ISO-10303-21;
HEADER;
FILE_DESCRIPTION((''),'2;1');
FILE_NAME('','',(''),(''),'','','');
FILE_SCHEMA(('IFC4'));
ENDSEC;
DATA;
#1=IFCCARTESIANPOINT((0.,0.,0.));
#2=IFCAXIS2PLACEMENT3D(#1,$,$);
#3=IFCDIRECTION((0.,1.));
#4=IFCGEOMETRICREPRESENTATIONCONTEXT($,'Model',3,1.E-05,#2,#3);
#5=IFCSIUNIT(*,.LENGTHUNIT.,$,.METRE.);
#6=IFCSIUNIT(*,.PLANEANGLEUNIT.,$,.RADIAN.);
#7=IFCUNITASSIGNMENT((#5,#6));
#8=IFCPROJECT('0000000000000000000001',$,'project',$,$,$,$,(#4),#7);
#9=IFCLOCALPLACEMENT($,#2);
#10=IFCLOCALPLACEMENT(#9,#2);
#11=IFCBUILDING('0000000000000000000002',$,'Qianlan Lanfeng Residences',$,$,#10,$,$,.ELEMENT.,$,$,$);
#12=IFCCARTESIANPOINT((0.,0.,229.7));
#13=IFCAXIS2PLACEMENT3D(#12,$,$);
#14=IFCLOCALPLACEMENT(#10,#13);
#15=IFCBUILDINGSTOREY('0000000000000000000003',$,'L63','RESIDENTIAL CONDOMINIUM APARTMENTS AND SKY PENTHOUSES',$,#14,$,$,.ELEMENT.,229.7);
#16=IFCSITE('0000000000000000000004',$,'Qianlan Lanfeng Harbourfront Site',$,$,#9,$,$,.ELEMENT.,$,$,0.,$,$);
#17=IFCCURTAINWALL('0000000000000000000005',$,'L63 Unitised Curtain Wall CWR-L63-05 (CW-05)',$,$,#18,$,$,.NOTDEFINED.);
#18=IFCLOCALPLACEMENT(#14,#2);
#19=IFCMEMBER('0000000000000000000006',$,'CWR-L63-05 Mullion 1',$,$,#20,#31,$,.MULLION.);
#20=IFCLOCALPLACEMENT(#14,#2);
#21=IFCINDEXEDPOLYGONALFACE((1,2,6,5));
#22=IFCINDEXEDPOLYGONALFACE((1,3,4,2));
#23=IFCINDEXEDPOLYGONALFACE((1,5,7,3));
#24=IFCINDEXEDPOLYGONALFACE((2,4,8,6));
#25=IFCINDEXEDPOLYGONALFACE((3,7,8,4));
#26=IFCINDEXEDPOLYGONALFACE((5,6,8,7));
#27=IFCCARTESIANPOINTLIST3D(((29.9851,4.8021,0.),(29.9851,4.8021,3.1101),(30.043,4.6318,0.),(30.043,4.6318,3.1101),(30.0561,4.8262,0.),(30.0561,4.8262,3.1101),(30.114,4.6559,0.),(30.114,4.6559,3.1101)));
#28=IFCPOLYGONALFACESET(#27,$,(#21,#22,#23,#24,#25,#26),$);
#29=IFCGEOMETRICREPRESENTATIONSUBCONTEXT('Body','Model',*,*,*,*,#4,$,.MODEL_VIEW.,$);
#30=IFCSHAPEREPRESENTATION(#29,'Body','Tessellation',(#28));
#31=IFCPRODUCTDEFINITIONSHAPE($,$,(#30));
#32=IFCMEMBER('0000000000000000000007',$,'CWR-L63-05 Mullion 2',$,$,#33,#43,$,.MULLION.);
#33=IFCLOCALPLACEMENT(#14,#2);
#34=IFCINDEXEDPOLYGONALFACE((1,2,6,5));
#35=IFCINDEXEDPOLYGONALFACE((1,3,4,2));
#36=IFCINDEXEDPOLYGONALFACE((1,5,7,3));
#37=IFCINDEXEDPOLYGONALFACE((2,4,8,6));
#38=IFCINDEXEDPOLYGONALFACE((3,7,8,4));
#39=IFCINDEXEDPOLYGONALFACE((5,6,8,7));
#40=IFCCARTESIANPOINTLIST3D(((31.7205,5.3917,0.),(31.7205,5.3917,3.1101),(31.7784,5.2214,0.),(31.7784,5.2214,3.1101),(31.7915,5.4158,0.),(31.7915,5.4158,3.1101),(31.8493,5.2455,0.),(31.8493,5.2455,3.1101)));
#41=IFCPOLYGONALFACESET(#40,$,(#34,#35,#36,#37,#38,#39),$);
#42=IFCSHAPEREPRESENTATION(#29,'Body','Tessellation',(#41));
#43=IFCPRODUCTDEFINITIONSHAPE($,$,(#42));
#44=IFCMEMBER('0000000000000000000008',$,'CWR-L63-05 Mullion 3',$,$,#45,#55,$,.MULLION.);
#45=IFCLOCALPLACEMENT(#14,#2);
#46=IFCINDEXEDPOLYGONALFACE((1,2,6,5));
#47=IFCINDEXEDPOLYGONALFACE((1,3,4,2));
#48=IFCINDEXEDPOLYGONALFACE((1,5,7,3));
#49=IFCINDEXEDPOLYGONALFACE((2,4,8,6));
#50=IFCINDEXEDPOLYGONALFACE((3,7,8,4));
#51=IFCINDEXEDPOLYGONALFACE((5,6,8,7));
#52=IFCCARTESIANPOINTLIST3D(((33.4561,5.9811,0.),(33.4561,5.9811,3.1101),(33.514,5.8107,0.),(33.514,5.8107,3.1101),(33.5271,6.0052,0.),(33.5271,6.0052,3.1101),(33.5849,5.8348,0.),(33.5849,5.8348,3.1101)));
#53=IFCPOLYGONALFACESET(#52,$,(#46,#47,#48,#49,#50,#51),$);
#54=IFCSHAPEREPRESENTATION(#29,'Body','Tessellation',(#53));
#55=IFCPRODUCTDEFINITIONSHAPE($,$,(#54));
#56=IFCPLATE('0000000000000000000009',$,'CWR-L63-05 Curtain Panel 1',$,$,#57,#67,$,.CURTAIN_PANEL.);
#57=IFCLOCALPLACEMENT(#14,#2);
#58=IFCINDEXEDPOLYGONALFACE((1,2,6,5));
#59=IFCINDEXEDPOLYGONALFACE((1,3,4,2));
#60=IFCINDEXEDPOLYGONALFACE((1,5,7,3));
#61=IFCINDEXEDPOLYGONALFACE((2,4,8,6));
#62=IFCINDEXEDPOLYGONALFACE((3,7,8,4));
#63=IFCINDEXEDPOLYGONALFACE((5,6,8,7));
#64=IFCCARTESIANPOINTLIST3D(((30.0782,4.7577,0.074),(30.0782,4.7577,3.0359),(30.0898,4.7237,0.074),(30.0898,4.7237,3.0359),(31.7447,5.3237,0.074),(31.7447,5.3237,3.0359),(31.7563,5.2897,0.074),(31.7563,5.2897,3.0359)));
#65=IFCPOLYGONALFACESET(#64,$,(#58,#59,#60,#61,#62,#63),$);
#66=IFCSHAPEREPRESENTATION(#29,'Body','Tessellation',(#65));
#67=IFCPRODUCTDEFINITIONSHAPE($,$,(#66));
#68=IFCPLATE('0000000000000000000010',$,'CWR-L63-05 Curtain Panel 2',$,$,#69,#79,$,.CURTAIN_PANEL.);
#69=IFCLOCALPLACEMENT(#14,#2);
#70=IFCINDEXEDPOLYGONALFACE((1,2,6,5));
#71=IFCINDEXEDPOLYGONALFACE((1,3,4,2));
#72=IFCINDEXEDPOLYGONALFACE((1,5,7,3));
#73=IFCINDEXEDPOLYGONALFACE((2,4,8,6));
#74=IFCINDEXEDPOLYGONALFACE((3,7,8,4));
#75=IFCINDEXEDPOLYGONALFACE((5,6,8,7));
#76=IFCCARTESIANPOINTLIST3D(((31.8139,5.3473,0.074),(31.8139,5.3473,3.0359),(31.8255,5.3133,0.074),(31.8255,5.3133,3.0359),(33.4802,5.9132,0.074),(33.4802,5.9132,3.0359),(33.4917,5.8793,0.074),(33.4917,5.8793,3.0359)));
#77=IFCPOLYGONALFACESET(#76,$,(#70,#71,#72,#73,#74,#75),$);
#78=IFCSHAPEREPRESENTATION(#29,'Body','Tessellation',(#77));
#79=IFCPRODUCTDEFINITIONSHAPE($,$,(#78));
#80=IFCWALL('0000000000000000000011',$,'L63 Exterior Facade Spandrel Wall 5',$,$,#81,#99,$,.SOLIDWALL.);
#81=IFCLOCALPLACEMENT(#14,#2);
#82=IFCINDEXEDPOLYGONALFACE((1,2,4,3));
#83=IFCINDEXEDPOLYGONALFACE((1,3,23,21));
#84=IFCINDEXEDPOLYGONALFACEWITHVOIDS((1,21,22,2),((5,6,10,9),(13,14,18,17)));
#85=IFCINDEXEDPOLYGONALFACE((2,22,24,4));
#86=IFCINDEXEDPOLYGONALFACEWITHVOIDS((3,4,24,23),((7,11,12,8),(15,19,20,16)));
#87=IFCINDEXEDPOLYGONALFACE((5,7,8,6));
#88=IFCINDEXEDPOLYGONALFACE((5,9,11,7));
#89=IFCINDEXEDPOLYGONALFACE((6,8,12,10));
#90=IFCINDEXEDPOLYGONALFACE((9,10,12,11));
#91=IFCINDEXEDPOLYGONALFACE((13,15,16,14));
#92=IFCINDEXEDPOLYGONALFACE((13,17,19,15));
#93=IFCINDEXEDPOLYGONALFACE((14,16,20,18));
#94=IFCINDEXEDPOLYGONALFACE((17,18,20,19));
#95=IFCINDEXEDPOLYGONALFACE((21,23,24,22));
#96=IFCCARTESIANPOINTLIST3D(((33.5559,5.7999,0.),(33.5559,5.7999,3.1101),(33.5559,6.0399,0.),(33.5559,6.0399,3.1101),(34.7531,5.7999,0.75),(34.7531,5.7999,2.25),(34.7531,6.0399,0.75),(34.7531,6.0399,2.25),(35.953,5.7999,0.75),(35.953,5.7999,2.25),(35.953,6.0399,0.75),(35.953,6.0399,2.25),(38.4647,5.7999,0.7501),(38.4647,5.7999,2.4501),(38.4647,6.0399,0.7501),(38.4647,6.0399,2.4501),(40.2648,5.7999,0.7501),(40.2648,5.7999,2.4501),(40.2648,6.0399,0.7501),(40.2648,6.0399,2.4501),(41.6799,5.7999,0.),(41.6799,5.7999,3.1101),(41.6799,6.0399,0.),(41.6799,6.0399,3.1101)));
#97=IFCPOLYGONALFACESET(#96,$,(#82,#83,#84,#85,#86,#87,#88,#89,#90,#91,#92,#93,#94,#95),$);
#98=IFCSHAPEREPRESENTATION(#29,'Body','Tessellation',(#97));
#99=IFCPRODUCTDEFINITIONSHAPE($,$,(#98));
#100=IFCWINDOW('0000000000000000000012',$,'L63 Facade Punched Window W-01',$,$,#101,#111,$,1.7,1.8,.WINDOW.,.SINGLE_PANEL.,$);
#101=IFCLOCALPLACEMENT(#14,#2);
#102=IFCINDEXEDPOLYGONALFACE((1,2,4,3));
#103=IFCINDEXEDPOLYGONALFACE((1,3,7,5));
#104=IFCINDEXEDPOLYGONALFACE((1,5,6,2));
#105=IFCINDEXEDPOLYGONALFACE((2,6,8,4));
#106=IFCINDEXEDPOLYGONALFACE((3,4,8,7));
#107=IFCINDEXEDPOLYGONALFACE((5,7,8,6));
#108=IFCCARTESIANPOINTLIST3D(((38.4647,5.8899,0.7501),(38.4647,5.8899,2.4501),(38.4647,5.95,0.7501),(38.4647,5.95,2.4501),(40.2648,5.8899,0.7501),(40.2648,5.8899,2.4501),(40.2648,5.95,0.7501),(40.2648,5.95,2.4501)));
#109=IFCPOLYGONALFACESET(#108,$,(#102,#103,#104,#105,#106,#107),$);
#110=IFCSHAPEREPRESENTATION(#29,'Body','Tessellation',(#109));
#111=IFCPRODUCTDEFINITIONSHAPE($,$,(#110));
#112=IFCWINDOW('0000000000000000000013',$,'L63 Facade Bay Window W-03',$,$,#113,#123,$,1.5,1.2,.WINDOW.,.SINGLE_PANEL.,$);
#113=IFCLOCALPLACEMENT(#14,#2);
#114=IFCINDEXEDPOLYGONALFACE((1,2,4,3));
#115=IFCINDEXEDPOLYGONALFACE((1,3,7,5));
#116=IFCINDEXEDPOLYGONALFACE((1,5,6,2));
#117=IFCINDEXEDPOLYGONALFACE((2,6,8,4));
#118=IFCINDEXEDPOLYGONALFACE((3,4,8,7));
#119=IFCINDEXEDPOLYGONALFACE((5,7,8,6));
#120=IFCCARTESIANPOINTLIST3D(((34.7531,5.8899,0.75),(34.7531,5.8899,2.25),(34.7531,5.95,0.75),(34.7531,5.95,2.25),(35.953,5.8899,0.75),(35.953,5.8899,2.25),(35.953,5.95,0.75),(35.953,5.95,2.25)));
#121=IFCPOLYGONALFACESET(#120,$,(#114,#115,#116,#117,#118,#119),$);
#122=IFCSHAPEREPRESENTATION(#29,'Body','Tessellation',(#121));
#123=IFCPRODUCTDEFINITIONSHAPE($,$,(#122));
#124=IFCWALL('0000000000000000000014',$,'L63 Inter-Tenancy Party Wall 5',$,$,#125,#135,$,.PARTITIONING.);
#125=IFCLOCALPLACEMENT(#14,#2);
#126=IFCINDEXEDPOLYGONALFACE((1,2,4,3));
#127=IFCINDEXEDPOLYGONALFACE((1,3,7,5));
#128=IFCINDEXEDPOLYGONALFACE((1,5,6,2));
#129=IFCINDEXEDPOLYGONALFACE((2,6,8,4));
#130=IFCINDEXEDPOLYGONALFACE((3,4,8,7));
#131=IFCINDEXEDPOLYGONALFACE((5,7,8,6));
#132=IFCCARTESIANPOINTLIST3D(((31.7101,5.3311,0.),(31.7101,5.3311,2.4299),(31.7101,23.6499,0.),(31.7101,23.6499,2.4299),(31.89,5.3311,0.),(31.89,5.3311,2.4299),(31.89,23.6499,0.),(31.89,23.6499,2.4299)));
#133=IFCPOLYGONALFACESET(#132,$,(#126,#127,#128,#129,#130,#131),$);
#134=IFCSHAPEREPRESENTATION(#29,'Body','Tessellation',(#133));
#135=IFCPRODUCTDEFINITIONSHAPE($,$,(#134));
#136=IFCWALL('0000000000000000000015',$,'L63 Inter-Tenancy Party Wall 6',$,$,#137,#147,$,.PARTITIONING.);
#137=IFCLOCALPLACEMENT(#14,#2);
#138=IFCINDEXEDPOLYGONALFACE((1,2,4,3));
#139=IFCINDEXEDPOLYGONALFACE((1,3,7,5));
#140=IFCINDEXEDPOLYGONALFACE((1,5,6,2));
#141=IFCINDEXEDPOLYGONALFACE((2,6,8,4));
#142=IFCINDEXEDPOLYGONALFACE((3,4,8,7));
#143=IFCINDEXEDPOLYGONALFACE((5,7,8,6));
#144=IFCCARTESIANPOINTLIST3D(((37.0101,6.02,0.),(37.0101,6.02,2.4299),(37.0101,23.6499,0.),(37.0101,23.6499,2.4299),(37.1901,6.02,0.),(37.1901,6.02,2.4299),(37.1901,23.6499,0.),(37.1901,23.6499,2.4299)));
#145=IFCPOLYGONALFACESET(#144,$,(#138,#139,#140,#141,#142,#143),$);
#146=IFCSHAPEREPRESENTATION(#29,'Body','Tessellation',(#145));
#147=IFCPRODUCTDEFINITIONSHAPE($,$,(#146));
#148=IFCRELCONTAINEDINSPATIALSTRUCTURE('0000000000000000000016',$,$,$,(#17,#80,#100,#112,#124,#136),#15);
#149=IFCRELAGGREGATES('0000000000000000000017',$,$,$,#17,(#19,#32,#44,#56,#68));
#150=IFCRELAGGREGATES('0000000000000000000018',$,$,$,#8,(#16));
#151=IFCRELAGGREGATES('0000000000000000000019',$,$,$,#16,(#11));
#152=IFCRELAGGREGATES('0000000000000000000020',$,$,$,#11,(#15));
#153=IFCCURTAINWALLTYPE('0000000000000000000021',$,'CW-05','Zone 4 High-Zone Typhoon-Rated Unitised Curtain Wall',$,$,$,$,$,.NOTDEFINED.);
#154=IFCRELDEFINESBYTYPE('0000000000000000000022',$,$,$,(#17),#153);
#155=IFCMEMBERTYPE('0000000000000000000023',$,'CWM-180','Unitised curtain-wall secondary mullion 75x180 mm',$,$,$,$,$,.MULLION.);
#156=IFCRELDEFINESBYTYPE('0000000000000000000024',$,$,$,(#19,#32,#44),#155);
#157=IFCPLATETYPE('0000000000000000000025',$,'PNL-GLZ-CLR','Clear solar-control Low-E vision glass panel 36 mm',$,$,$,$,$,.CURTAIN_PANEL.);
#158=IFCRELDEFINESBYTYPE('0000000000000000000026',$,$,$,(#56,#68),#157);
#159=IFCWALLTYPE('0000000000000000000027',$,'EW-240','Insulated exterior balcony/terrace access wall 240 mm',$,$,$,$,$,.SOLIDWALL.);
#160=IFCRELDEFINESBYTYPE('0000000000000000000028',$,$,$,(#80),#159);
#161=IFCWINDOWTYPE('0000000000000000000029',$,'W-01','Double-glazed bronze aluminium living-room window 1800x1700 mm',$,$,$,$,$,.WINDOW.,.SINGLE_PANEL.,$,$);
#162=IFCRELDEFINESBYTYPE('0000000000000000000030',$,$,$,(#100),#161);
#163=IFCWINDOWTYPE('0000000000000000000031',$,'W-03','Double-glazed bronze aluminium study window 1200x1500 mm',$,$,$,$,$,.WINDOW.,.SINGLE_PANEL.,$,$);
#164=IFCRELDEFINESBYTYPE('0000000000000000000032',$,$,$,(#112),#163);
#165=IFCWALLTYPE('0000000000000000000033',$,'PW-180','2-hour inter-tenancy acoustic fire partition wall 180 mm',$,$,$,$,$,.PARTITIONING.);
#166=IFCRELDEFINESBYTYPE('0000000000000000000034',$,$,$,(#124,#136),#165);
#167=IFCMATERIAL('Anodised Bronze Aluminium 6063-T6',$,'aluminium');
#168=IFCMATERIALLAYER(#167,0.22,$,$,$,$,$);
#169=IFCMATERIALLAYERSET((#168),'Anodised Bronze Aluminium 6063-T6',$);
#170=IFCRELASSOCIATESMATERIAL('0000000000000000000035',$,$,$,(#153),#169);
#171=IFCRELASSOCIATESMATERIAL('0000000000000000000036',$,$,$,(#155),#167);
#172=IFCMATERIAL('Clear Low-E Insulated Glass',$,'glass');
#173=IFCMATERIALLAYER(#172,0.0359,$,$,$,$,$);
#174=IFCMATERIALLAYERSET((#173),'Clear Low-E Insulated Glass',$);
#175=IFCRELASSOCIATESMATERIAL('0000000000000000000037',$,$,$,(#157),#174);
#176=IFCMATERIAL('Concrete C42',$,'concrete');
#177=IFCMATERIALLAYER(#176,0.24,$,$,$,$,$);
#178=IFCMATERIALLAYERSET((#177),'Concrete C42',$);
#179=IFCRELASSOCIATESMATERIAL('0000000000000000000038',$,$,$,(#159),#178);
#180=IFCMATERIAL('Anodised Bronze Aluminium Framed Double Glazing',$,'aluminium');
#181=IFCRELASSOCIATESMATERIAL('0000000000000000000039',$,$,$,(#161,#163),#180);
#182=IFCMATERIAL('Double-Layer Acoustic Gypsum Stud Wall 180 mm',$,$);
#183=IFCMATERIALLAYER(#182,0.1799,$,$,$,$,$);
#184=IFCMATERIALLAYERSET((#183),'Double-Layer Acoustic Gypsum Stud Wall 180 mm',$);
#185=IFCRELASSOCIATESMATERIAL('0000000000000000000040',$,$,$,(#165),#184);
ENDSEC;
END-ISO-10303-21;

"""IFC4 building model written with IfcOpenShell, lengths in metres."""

from ifc_helpers import new_model, si_unit, direction, frame, frame_2d, origin, origin_2d, place, context, subcontext, project, spatial, rectangle, extrude, source, transform, mapped, material, layer, layer_set, material_profile, profile_set, type_object, element, fill, aggregate, save


model = new_model("IFC4")

# Units and contexts
model_context = context("Model", 3, precision=1e-05, world=origin(), true_north=direction((0.0, 1.0)))
body_context = subcontext(model_context, "Body", "Model", "MODEL_VIEW")
ifc_project = project(units=[si_unit("LENGTHUNIT", "METRE"), si_unit("PLANEANGLEUNIT", "RADIAN")], contexts=[model_context])

# Site, building, storey
site_placement = place(None, origin())
site = spatial("IfcSite", under=ifc_project, at=site_placement, Name="Qianlan Lanfeng Harbourfront Site", CompositionType="ELEMENT", RefElevation=0.0)
building_placement = place(site_placement, origin())
building = spatial("IfcBuilding", under=site, at=building_placement, Name="Qianlan Lanfeng Residences", CompositionType="ELEMENT")
storey_placement = place(building_placement, frame((0.0, 0.0, 229.7)))
storey = spatial("IfcBuildingStorey", under=building, at=storey_placement, Name="L63", Description="RESIDENTIAL CONDOMINIUM APARTMENTS AND SKY PENTHOUSES", CompositionType="ELEMENT", Elevation=229.7)

# Curtain wall, members, plates
ifc_material_1 = material(Name="Anodised Bronze Aluminium 6063-T6", Category="aluminium")
ifc_layer_1 = layer(ifc_material_1, 0.22)
ifc_layer_set_1 = layer_set([ifc_layer_1], Name="Anodised Bronze Aluminium 6063-T6")
curtain_wall_type = type_object("IfcCurtainWallType", Name="CW-05", Description="Zone 4 High-Zone Typhoon-Rated Unitised Curtain Wall", PredefinedType="NOTDEFINED", material=ifc_layer_set_1)
curtain_wall_placement = place(storey_placement, origin())
curtain_wall = element("IfcCurtainWall", 1, at=curtain_wall_placement, inside=storey, type_object=curtain_wall_type, Name="L63 Unitised Curtain Wall CWR-L63-05 (CW-05)", PredefinedType="NOTDEFINED")
ifc_material_profile_1 = material_profile(ifc_material_1, rectangle(XDim=0.075, YDim=0.1799, at=origin_2d()), Name="ALU MULLION 75x180")
ifc_profile_set_1 = profile_set([ifc_material_profile_1], Name="Anodised Bronze Aluminium 6063-T6")
member_type_1 = type_object("IfcMemberType", Name="CWM-180", Description="Unitised curtain-wall secondary mullion 75x180 mm", PredefinedType="MULLION", material=ifc_profile_set_1)
shared_shape_1 = source(origin(), body_context, "Body", "SweptSolid", [
    extrude(rectangle(XDim=0.075, YDim=0.1799, at=origin_2d()), origin(), (0.0, 0.0, 1.0), 3.1101),
])
member_1_placement = place(storey_placement, frame((30.0496, 4.729, 0.0), z_axis=(0.0, 0.0, 1.0), x_axis=(0.946877, 0.321596, 0.0)))
member_1 = element("IfcMember", 2, at=member_1_placement, type_object=member_type_1, Name="CWR-L63-05 Mullion 1", PredefinedType="MULLION", context=body_context, shape_type="MappedRepresentation", body=[
    mapped(shared_shape_1, transform((0.0, 0.0, 0.0), scale=1.0)),
])
member_2_placement = place(storey_placement, frame((31.7849, 5.3186, 0.0), z_axis=(0.0, 0.0, 1.0), x_axis=(0.946877, 0.321596, 0.0)))
member_2 = element("IfcMember", 3, at=member_2_placement, type_object=member_type_1, Name="CWR-L63-05 Mullion 2", PredefinedType="MULLION", context=body_context, shape_type="MappedRepresentation", body=[
    mapped(shared_shape_1, transform((0.0, 0.0, 0.0), scale=1.0)),
])
member_3_placement = place(storey_placement, frame((33.5205, 5.908, 0.0), z_axis=(0.0, 0.0, 1.0), x_axis=(0.946877, 0.321596, 0.0)))
member_3 = element("IfcMember", 4, at=member_3_placement, type_object=member_type_1, Name="CWR-L63-05 Mullion 3", PredefinedType="MULLION", context=body_context, shape_type="MappedRepresentation", body=[
    mapped(shared_shape_1, transform((0.0, 0.0, 0.0), scale=1.0)),
])
ifc_material_2 = material(Name="Clear Low-E Insulated Glass", Category="glass")
ifc_layer_2 = layer(ifc_material_2, 0.0359)
ifc_layer_set_2 = layer_set([ifc_layer_2], Name="Clear Low-E Insulated Glass")
plate_type = type_object("IfcPlateType", Name="PNL-GLZ-CLR", Description="Clear solar-control Low-E vision glass panel 36 mm", PredefinedType="CURTAIN_PANEL", material=ifc_layer_set_2)
shared_shape_2 = source(origin(), body_context, "Body", "SweptSolid", [
    extrude(rectangle(XDim=1.76, YDim=0.0359, at=origin_2d()), origin(), (0.0, 0.0, 1.0), 2.9619),
])
plate_1_placement = place(storey_placement, frame((30.9172, 5.0237, 0.074), z_axis=(0.0, 0.0, 1.0), x_axis=(0.946877, 0.321596, 0.0)))
plate_1 = element("IfcPlate", 5, at=plate_1_placement, type_object=plate_type, Name="CWR-L63-05 Curtain Panel 1", PredefinedType="CURTAIN_PANEL", context=body_context, shape_type="MappedRepresentation", body=[
    mapped(shared_shape_2, transform((0.0, 0.0, 0.0), scale=1.0)),
])
shared_shape_3 = source(origin(), body_context, "Body", "SweptSolid", [
    extrude(rectangle(XDim=1.7598, YDim=0.0359, at=origin_2d()), origin(), (0.0, 0.0, 1.0), 2.9619),
])
plate_2_placement = place(storey_placement, frame((32.6528, 5.6133, 0.074), z_axis=(0.0, 0.0, 1.0), x_axis=(0.946877, 0.321596, 0.0)))
plate_2 = element("IfcPlate", 6, at=plate_2_placement, type_object=plate_type, Name="CWR-L63-05 Curtain Panel 2", PredefinedType="CURTAIN_PANEL", context=body_context, shape_type="MappedRepresentation", body=[
    mapped(shared_shape_3, transform((0.0, 0.0, 0.0), scale=1.0)),
])
aggregate(curtain_wall, [member_1, member_2, member_3, plate_1, plate_2])

# Wall, openings, windows
ifc_material_3 = material(Name="Concrete C42", Category="concrete")
ifc_layer_3 = layer(ifc_material_3, 0.24)
ifc_layer_set_3 = layer_set([ifc_layer_3], Name="Concrete C42")
wall_type_1 = type_object("IfcWallType", Name="EW-240", Description="Insulated exterior balcony/terrace access wall 240 mm", PredefinedType="SOLIDWALL", material=ifc_layer_set_3)
wall_1_placement = place(storey_placement, frame((33.5559, 5.9199, 0.0), z_axis=(0.0, 0.0, 1.0), x_axis=(1.0, 0.0, 0.0)))
wall_1 = element("IfcWall", 7, at=wall_1_placement, inside=storey, type_object=wall_type_1, Name="L63 Exterior Facade Spandrel Wall 5", PredefinedType="SOLIDWALL", context=body_context, shape_type="SweptSolid", body=[
    extrude(rectangle(XDim=8.124, YDim=0.24, at=frame_2d((4.062, 0.0))), origin(), (0.0, 0.0, 1.0), 3.1101),
])
opening_1_placement = place(wall_1_placement, frame((4.9089, 0.0, 0.75)))
opening_1 = element("IfcOpeningElement", 8, at=opening_1_placement, cuts=wall_1, PredefinedType="OPENING", context=body_context, shape_type="SweptSolid", body=[
    extrude(rectangle(XDim=1.8, YDim=1.7, at=frame_2d((0.8999, 0.8501))), frame((0.0, 0.1299, 0.0), z_axis=(0.0, -1.0, 0.0), x_axis=(1.0, 0.0, 0.0)), (0.0, 0.0, 1.0), 0.26),
])
opening_2_placement = place(wall_1_placement, frame((1.197, 0.0, 0.75)))
opening_2 = element("IfcOpeningElement", 9, at=opening_2_placement, cuts=wall_1, PredefinedType="OPENING", context=body_context, shape_type="SweptSolid", body=[
    extrude(rectangle(XDim=1.2, YDim=1.5, at=frame_2d((0.6001, 0.75))), frame((0.0, 0.1299, 0.0), z_axis=(0.0, -1.0, 0.0), x_axis=(1.0, 0.0, 0.0)), (0.0, 0.0, 1.0), 0.26),
])
ifc_material_4 = material(Name="Anodised Bronze Aluminium Framed Double Glazing", Category="aluminium")
window_type_1 = type_object("IfcWindowType", Name="W-01", Description="Double-glazed bronze aluminium living-room window 1800x1700 mm", PartitioningType="SINGLE_PANEL", PredefinedType="WINDOW", material=ifc_material_4)
window_1_placement = place(opening_1_placement, origin())
window_1 = element("IfcWindow", 10, at=window_1_placement, inside=storey, type_object=window_type_1, Name="L63 Facade Punched Window W-01", OverallHeight=1.7, OverallWidth=1.8, PartitioningType="SINGLE_PANEL", PredefinedType="WINDOW", context=body_context, shape_type="SweptSolid", body=[
    extrude(rectangle(XDim=1.8, YDim=1.7, at=frame_2d((0.8999, 0.8501))), frame((0.0, 0.03, 0.0), z_axis=(0.0, -1.0, 0.0), x_axis=(1.0, 0.0, 0.0)), (0.0, 0.0, 1.0), 0.0601),
])
fill(opening_1, window_1)
window_type_2 = type_object("IfcWindowType", Name="W-03", Description="Double-glazed bronze aluminium study window 1200x1500 mm", PartitioningType="SINGLE_PANEL", PredefinedType="WINDOW", material=ifc_material_4)
window_2_placement = place(opening_2_placement, origin())
window_2 = element("IfcWindow", 11, at=window_2_placement, inside=storey, type_object=window_type_2, Name="L63 Facade Bay Window W-03", OverallHeight=1.5, OverallWidth=1.2, PartitioningType="SINGLE_PANEL", PredefinedType="WINDOW", context=body_context, shape_type="SweptSolid", body=[
    extrude(rectangle(XDim=1.2, YDim=1.5, at=frame_2d((0.6001, 0.75))), frame((0.0, 0.03, 0.0), z_axis=(0.0, -1.0, 0.0), x_axis=(1.0, 0.0, 0.0)), (0.0, 0.0, 1.0), 0.0601),
])
fill(opening_2, window_2)

# Walls
ifc_material_5 = material(Name="Double-Layer Acoustic Gypsum Stud Wall 180 mm")
ifc_layer_4 = layer(ifc_material_5, 0.1799)
ifc_layer_set_4 = layer_set([ifc_layer_4], Name="Double-Layer Acoustic Gypsum Stud Wall 180 mm")
wall_type_2 = type_object("IfcWallType", Name="PW-180", Description="2-hour inter-tenancy acoustic fire partition wall 180 mm", PredefinedType="PARTITIONING", material=ifc_layer_set_4)
wall_2_placement = place(storey_placement, frame((31.8, 5.3311, 0.0), z_axis=(0.0, 0.0, 1.0), x_axis=(0.0, 1.0, 0.0)))
element("IfcWall", 12, at=wall_2_placement, inside=storey, type_object=wall_type_2, Name="L63 Inter-Tenancy Party Wall 5", PredefinedType="PARTITIONING", context=body_context, shape_type="SweptSolid", body=[
    extrude(rectangle(XDim=18.3188, YDim=0.1799, at=frame_2d((9.1594, 0.0))), origin(), (0.0, 0.0, 1.0), 2.4299),
])
wall_3_placement = place(storey_placement, frame((37.1001, 6.02, 0.0), z_axis=(0.0, 0.0, 1.0), x_axis=(0.0, 1.0, 0.0)))
element("IfcWall", 13, at=wall_3_placement, inside=storey, type_object=wall_type_2, Name="L63 Inter-Tenancy Party Wall 6", PredefinedType="PARTITIONING", context=body_context, shape_type="SweptSolid", body=[
    extrude(rectangle(XDim=17.6299, YDim=0.1799, at=frame_2d((8.8149, 0.0))), origin(), (0.0, 0.0, 1.0), 2.4299),
])

save(model, "model.ifc")
